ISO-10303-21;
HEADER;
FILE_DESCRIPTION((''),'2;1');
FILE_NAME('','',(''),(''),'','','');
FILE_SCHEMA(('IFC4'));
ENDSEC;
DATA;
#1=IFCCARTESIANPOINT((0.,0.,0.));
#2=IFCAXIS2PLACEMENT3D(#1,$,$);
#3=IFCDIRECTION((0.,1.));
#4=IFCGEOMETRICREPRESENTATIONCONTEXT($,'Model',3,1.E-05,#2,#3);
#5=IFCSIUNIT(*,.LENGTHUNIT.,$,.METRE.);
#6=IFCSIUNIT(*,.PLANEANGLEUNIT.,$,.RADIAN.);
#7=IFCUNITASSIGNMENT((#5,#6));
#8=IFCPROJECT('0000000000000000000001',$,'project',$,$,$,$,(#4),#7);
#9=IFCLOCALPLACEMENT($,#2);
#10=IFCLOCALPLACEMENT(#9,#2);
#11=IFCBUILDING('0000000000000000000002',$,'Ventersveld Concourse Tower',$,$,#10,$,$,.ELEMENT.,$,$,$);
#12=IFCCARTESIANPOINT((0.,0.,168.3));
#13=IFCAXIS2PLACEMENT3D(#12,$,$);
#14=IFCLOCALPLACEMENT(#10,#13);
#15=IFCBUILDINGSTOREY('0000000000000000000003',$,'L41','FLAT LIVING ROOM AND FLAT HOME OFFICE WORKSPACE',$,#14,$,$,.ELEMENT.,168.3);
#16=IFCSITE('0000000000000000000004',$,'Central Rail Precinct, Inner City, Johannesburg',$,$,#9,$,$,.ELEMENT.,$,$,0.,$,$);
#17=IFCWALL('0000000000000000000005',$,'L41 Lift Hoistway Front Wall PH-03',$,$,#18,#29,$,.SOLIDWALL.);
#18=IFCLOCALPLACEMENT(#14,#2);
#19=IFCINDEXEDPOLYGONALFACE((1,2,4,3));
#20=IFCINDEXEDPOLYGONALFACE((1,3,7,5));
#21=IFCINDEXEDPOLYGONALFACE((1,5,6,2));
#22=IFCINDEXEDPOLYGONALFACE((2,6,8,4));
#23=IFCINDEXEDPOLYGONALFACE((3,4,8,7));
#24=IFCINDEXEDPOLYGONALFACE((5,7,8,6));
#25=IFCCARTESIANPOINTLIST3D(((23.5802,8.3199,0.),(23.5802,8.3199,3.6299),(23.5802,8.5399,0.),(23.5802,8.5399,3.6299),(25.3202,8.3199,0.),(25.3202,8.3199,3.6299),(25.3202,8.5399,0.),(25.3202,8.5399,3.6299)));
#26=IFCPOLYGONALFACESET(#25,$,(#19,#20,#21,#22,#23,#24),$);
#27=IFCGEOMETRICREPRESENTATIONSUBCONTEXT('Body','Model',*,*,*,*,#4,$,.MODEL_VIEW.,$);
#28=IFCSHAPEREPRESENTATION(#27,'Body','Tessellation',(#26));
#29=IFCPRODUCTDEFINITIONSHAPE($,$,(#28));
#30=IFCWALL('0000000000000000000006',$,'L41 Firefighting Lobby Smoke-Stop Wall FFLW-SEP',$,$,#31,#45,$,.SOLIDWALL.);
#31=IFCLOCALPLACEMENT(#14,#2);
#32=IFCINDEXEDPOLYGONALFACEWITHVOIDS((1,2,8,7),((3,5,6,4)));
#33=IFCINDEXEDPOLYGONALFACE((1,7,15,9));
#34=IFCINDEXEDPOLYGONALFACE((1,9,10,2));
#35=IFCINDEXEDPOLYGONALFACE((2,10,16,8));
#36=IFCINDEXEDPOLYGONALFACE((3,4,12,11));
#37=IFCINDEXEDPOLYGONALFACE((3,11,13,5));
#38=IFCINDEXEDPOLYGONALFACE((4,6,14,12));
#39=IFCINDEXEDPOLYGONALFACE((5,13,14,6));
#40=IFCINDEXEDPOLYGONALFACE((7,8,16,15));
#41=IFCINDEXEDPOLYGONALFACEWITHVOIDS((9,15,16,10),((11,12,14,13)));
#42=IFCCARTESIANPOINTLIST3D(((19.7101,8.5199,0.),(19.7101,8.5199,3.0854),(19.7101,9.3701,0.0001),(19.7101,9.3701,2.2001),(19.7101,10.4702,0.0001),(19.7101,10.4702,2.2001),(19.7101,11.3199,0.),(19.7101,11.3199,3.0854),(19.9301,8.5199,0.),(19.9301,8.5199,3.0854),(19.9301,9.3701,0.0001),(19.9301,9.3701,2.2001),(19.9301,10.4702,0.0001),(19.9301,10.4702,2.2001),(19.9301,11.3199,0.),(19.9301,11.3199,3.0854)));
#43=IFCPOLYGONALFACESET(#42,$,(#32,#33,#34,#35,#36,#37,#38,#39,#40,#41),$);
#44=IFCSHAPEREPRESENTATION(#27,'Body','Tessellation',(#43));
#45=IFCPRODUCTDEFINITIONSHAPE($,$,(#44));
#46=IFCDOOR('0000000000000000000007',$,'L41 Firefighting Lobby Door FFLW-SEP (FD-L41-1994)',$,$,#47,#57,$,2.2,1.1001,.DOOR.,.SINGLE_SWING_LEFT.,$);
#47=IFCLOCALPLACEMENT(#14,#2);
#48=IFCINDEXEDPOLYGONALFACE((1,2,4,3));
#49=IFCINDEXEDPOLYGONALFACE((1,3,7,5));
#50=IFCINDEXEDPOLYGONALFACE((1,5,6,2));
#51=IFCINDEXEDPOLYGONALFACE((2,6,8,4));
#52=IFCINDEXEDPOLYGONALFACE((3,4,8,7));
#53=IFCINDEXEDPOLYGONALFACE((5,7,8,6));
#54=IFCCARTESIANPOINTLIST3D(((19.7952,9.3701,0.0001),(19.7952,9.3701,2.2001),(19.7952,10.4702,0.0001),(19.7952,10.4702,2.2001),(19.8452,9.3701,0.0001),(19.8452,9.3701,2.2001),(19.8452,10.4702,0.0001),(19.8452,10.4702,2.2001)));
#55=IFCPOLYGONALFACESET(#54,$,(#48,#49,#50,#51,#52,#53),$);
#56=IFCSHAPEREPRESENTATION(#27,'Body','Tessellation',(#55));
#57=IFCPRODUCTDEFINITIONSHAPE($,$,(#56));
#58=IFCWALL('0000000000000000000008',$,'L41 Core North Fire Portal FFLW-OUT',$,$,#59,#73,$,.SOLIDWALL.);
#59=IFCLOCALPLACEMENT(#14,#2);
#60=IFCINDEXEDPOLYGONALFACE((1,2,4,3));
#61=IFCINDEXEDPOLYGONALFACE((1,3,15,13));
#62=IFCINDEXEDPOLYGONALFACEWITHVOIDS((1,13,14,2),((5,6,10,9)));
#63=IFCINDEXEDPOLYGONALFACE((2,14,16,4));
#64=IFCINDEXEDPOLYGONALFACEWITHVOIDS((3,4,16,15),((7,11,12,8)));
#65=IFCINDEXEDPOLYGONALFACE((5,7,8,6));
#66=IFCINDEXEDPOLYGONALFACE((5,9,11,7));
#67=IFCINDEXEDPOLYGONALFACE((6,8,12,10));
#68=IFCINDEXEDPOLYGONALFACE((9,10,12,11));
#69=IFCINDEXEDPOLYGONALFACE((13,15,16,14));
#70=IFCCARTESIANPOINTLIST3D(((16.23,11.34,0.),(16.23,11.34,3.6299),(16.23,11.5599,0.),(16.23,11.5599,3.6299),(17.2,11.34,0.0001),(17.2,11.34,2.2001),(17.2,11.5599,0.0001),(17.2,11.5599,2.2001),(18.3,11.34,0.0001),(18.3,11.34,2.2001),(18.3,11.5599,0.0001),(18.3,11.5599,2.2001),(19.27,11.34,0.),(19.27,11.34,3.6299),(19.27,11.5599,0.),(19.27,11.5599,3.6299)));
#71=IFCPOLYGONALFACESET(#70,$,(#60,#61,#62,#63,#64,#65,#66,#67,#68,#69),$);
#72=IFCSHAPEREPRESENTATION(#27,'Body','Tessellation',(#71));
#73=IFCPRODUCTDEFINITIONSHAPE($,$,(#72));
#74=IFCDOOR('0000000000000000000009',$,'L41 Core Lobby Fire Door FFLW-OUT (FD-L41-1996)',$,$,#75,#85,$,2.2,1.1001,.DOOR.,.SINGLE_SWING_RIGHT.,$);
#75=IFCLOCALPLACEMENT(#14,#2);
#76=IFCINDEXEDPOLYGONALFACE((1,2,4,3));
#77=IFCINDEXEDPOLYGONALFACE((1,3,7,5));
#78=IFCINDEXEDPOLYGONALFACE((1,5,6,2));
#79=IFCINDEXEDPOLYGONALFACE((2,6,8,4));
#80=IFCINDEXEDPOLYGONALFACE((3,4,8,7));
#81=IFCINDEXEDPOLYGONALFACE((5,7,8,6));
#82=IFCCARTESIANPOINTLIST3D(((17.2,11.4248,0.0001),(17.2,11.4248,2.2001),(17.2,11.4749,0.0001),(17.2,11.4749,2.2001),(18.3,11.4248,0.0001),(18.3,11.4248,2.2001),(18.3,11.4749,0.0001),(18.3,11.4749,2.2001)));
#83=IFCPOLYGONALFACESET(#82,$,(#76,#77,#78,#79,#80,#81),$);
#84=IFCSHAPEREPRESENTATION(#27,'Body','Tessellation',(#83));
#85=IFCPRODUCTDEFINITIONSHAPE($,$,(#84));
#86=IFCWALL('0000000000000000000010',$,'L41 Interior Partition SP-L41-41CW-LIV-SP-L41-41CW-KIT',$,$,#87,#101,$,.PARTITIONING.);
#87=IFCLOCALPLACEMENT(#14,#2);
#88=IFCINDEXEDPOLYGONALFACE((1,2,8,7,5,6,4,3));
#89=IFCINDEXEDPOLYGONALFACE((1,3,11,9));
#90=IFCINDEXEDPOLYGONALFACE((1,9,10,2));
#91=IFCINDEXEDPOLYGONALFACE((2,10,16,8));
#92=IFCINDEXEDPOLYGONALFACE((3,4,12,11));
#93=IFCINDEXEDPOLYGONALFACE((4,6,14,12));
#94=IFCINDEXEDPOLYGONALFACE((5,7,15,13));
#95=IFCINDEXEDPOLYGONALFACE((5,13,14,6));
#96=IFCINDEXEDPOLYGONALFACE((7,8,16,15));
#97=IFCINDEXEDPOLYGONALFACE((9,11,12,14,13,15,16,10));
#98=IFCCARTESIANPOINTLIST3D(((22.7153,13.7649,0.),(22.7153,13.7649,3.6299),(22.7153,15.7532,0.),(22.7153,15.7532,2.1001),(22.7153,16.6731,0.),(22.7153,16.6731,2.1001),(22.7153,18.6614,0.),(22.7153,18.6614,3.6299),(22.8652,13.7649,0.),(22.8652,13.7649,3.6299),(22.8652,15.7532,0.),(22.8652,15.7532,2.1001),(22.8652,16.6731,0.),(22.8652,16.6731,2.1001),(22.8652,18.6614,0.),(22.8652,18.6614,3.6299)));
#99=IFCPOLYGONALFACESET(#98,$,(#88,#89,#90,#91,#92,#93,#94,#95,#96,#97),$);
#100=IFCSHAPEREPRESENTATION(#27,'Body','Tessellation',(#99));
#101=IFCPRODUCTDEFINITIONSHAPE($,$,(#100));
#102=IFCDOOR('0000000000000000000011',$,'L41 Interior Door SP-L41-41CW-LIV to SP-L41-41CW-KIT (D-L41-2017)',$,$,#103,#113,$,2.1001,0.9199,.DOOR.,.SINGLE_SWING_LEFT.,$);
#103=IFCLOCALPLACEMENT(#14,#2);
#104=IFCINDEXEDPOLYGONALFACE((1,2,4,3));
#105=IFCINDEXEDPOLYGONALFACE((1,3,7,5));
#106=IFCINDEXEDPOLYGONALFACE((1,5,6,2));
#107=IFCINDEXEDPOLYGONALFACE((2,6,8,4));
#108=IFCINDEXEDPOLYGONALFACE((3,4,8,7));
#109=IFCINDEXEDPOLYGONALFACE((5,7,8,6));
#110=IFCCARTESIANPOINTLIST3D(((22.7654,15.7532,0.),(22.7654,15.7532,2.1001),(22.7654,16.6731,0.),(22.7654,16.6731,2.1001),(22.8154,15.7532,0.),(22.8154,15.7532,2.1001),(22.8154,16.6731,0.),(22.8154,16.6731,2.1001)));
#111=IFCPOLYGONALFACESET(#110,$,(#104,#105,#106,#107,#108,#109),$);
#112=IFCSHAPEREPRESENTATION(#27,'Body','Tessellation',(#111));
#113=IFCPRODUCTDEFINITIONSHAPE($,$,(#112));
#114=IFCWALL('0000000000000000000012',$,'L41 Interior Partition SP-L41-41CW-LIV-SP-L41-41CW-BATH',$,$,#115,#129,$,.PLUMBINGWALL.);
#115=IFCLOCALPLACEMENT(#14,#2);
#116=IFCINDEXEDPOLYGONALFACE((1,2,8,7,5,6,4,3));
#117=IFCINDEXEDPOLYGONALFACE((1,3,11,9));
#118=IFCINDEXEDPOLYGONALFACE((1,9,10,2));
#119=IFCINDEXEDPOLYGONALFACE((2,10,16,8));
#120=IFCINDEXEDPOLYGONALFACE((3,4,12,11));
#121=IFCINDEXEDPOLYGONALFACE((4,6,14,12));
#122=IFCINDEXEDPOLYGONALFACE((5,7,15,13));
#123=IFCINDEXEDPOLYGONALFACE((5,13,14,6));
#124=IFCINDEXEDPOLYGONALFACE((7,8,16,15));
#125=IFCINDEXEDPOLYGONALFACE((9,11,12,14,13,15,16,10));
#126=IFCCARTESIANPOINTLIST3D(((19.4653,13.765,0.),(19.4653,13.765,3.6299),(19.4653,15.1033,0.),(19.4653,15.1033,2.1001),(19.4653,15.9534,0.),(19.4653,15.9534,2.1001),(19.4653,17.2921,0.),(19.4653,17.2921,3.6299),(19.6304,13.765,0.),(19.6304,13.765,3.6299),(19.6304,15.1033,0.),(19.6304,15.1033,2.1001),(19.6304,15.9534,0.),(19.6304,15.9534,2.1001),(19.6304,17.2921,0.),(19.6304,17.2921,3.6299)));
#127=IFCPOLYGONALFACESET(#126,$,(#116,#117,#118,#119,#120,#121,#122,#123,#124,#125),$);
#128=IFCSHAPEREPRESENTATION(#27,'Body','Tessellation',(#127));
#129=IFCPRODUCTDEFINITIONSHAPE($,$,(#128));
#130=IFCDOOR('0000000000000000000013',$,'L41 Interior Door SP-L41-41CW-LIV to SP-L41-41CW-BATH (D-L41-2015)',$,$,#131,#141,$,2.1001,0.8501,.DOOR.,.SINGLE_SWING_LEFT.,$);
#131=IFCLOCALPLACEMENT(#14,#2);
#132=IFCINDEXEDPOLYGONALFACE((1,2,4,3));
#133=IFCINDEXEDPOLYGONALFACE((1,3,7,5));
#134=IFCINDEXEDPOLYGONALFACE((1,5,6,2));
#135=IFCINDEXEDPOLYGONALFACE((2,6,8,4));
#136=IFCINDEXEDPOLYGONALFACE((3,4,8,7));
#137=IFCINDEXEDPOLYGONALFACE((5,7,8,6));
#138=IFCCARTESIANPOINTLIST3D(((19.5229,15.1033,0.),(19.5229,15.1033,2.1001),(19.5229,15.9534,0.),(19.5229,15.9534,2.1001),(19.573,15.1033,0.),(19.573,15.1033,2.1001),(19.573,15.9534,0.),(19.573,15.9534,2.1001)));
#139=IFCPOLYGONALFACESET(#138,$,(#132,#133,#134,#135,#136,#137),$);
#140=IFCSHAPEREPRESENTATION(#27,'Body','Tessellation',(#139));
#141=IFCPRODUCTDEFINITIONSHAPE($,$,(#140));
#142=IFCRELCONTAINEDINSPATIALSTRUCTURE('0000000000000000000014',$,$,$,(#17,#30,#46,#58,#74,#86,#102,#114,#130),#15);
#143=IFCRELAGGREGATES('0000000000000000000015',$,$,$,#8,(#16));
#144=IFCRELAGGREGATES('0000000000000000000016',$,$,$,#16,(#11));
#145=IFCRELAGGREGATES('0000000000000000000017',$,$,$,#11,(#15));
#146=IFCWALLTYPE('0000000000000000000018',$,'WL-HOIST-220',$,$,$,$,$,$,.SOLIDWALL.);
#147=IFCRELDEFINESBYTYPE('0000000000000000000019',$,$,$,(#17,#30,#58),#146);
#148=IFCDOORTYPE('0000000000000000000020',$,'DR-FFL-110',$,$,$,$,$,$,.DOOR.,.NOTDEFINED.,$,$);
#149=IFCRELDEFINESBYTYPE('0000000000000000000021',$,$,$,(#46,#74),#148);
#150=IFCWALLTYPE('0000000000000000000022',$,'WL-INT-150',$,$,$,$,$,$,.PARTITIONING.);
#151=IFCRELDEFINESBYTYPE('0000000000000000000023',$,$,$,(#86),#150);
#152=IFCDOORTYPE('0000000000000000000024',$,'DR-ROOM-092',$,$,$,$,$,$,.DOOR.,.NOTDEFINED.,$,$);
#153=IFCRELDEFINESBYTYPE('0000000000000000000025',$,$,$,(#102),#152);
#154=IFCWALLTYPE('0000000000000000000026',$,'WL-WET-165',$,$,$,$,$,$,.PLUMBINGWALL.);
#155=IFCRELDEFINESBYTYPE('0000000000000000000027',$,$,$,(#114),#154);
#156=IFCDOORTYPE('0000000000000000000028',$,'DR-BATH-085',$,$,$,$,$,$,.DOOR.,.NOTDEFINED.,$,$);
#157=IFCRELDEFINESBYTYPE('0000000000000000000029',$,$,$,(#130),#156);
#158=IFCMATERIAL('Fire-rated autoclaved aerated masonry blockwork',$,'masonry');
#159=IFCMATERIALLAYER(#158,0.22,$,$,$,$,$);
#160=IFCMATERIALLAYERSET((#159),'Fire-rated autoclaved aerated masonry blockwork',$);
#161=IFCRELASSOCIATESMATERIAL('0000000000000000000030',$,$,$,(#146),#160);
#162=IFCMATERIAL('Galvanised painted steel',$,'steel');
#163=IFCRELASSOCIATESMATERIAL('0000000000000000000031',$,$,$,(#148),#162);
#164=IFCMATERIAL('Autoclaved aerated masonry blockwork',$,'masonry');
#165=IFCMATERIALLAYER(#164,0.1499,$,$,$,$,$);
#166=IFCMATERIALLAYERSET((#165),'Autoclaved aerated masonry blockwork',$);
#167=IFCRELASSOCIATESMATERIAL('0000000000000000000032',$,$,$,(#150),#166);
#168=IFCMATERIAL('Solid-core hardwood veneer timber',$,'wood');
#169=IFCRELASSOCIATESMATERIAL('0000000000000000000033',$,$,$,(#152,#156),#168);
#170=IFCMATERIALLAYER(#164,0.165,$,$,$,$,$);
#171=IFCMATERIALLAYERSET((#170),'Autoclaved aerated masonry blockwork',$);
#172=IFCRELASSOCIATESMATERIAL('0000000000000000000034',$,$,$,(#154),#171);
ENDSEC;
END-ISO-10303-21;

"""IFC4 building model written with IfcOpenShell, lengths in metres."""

from ifc_helpers import new_model, si_unit, direction, frame, frame_2d, origin, place, context, subcontext, project, spatial, rectangle, extrude, material, layer, layer_set, type_object, element, fill, save


model = new_model("IFC4")

# Units and contexts
model_context = context("Model", 3, precision=1e-05, world=origin(), true_north=direction((0.0, 1.0)))
body_context = subcontext(model_context, "Body", "Model", "MODEL_VIEW")
ifc_project = project(units=[si_unit("LENGTHUNIT", "METRE"), si_unit("PLANEANGLEUNIT", "RADIAN")], contexts=[model_context])

# Site, building, storey
site_placement = place(None, origin())
site = spatial("IfcSite", under=ifc_project, at=site_placement, Name="Central Rail Precinct, Inner City, Johannesburg", CompositionType="ELEMENT", RefElevation=0.0)
building_placement = place(site_placement, origin())
building = spatial("IfcBuilding", under=site, at=building_placement, Name="Ventersveld Concourse Tower", CompositionType="ELEMENT")
storey_placement = place(building_placement, frame((0.0, 0.0, 168.3)))
storey = spatial("IfcBuildingStorey", under=building, at=storey_placement, Name="L41", Description="FLAT LIVING ROOM AND FLAT HOME OFFICE WORKSPACE", CompositionType="ELEMENT", Elevation=168.3)

# Shared definitions
ifc_material_1 = material(Name="Fire-rated autoclaved aerated masonry blockwork", Category="masonry")

# Shared definitions
ifc_layer_1 = layer(ifc_material_1, 0.22)
ifc_layer_set_1 = layer_set([ifc_layer_1], Name="Fire-rated autoclaved aerated masonry blockwork")
wall_type_1 = type_object("IfcWallType", Name="WL-HOIST-220", PredefinedType="SOLIDWALL", material=ifc_layer_set_1)

# Wall
wall_1_placement = place(storey_placement, frame((23.5801, 8.4299, 0.0), z_axis=(0.0, 0.0, 1.0), x_axis=(1.0, 0.0, 0.0)))
element("IfcWall", 1, at=wall_1_placement, inside=storey, type_object=wall_type_1, Name="L41 Lift Hoistway Front Wall PH-03", PredefinedType="SOLIDWALL", context=body_context, shape_type="SweptSolid", body=[
    extrude(rectangle(XDim=1.74, YDim=0.22, at=frame_2d((0.8701, 0.0))), origin(), (0.0, 0.0, 1.0), 3.6299),
])

# Walls, openings, doors
wall_2_placement = place(storey_placement, frame((19.8201, 8.52, 0.0), z_axis=(0.0, 0.0, 1.0), x_axis=(0.0, 1.0, 0.0)))
wall_2 = element("IfcWall", 2, at=wall_2_placement, inside=storey, type_object=wall_type_1, Name="L41 Firefighting Lobby Smoke-Stop Wall FFLW-SEP", PredefinedType="SOLIDWALL", context=body_context, shape_type="SweptSolid", body=[
    extrude(rectangle(XDim=2.8, YDim=0.22, at=frame_2d((1.3999, 0.0))), origin(), (0.0, 0.0, 1.0), 3.0854),
])
opening_1_placement = place(wall_2_placement, frame((0.8501, 0.0, 0.0)))
opening_1 = element("IfcOpeningElement", 3, at=opening_1_placement, cuts=wall_2, PredefinedType="OPENING", context=body_context, shape_type="SweptSolid", body=[
    extrude(rectangle(XDim=1.1001, YDim=2.2, at=frame_2d((0.55, 1.1001))), frame((0.0, 0.1201, 0.0), z_axis=(0.0, -1.0, 0.0), x_axis=(1.0, 0.0, 0.0)), (0.0, 0.0, 1.0), 0.24),
])
ifc_material_2 = material(Name="Galvanised painted steel", Category="steel")
door_type_1 = type_object("IfcDoorType", Name="DR-FFL-110", OperationType="NOTDEFINED", PredefinedType="DOOR", material=ifc_material_2)
door_1_placement = place(opening_1_placement, origin())
door_1 = element("IfcDoor", 4, at=door_1_placement, inside=storey, type_object=door_type_1, Name="L41 Firefighting Lobby Door FFLW-SEP (FD-L41-1994)", OperationType="SINGLE_SWING_LEFT", OverallHeight=2.2, OverallWidth=1.1001, PredefinedType="DOOR", context=body_context, shape_type="SweptSolid", body=[
    extrude(rectangle(XDim=1.1001, YDim=2.2, at=frame_2d((0.55, 1.1001))), frame((0.0, 0.0249, 0.0), z_axis=(0.0, -1.0, 0.0), x_axis=(1.0, 0.0, 0.0)), (0.0, 0.0, 1.0), 0.05),
])
fill(opening_1, door_1)
wall_3_placement = place(storey_placement, frame((16.23, 11.45, 0.0), z_axis=(0.0, 0.0, 1.0), x_axis=(1.0, 0.0, 0.0)))
wall_3 = element("IfcWall", 5, at=wall_3_placement, inside=storey, type_object=wall_type_1, Name="L41 Core North Fire Portal FFLW-OUT", PredefinedType="SOLIDWALL", context=body_context, shape_type="SweptSolid", body=[
    extrude(rectangle(XDim=3.04, YDim=0.22, at=frame_2d((1.52, 0.0))), origin(), (0.0, 0.0, 1.0), 3.6299),
])
opening_2_placement = place(wall_3_placement, frame((0.97, 0.0, 0.0)))
opening_2 = element("IfcOpeningElement", 6, at=opening_2_placement, cuts=wall_3, PredefinedType="OPENING", context=body_context, shape_type="SweptSolid", body=[
    extrude(rectangle(XDim=1.1001, YDim=2.2, at=frame_2d((0.55, 1.1001))), frame((0.0, 0.1201, 0.0), z_axis=(0.0, -1.0, 0.0), x_axis=(1.0, 0.0, 0.0)), (0.0, 0.0, 1.0), 0.24),
])
door_2_placement = place(opening_2_placement, origin())
door_2 = element("IfcDoor", 7, at=door_2_placement, inside=storey, type_object=door_type_1, Name="L41 Core Lobby Fire Door FFLW-OUT (FD-L41-1996)", OperationType="SINGLE_SWING_RIGHT", OverallHeight=2.2, OverallWidth=1.1001, PredefinedType="DOOR", context=body_context, shape_type="SweptSolid", body=[
    extrude(rectangle(XDim=1.1001, YDim=2.2, at=frame_2d((0.55, 1.1001))), frame((0.0, 0.0249, 0.0), z_axis=(0.0, -1.0, 0.0), x_axis=(1.0, 0.0, 0.0)), (0.0, 0.0, 1.0), 0.05),
])
fill(opening_2, door_2)
ifc_material_3 = material(Name="Autoclaved aerated masonry blockwork", Category="masonry")
ifc_layer_2 = layer(ifc_material_3, 0.1499)
ifc_layer_set_2 = layer_set([ifc_layer_2], Name="Autoclaved aerated masonry blockwork")
wall_type_2 = type_object("IfcWallType", Name="WL-INT-150", PredefinedType="PARTITIONING", material=ifc_layer_set_2)
wall_4_placement = place(storey_placement, frame((22.7903, 13.7649, 0.0), z_axis=(0.0, 0.0, 1.0), x_axis=(0.0, 1.0, 0.0)))
wall_4 = element("IfcWall", 8, at=wall_4_placement, inside=storey, type_object=wall_type_2, Name="L41 Interior Partition SP-L41-41CW-LIV-SP-L41-41CW-KIT", PredefinedType="PARTITIONING", context=body_context, shape_type="SweptSolid", body=[
    extrude(rectangle(XDim=4.8965, YDim=0.1499, at=frame_2d((2.4482, 0.0))), origin(), (0.0, 0.0, 1.0), 3.6299),
])
opening_3_placement = place(wall_4_placement, frame((1.9883, 0.0, 0.0)))
opening_3 = element("IfcOpeningElement", 9, at=opening_3_placement, cuts=wall_4, PredefinedType="OPENING", context=body_context, shape_type="SweptSolid", body=[
    extrude(rectangle(XDim=0.9199, YDim=2.1001, at=frame_2d((0.46, 1.05))), frame((0.0, 0.085, 0.0), z_axis=(0.0, -1.0, 0.0), x_axis=(1.0, 0.0, 0.0)), (0.0, 0.0, 1.0), 0.1699),
])
ifc_material_4 = material(Name="Solid-core hardwood veneer timber", Category="wood")
door_type_2 = type_object("IfcDoorType", Name="DR-ROOM-092", OperationType="NOTDEFINED", PredefinedType="DOOR", material=ifc_material_4)
door_3_placement = place(opening_3_placement, origin())
door_3 = element("IfcDoor", 10, at=door_3_placement, inside=storey, type_object=door_type_2, Name="L41 Interior Door SP-L41-41CW-LIV to SP-L41-41CW-KIT (D-L41-2017)", OperationType="SINGLE_SWING_LEFT", OverallHeight=2.1001, OverallWidth=0.9199, PredefinedType="DOOR", context=body_context, shape_type="SweptSolid", body=[
    extrude(rectangle(XDim=0.9199, YDim=2.1001, at=frame_2d((0.46, 1.05))), frame((0.0, 0.0249, 0.0), z_axis=(0.0, -1.0, 0.0), x_axis=(1.0, 0.0, 0.0)), (0.0, 0.0, 1.0), 0.05),
])
fill(opening_3, door_3)
ifc_layer_3 = layer(ifc_material_3, 0.165)
ifc_layer_set_3 = layer_set([ifc_layer_3], Name="Autoclaved aerated masonry blockwork")
wall_type_3 = type_object("IfcWallType", Name="WL-WET-165", PredefinedType="PLUMBINGWALL", material=ifc_layer_set_3)
wall_5_placement = place(storey_placement, frame((19.5479, 13.7649, 0.0), z_axis=(0.0, 0.0, 1.0), x_axis=(0.0, 1.0, 0.0)))
wall_5 = element("IfcWall", 11, at=wall_5_placement, inside=storey, type_object=wall_type_3, Name="L41 Interior Partition SP-L41-41CW-LIV-SP-L41-41CW-BATH", PredefinedType="PLUMBINGWALL", context=body_context, shape_type="SweptSolid", body=[
    extrude(rectangle(XDim=3.5271, YDim=0.165, at=frame_2d((1.7637, 0.0))), origin(), (0.0, 0.0, 1.0), 3.6299),
])
opening_4_placement = place(wall_5_placement, frame((1.3384, 0.0, 0.0)))
opening_4 = element("IfcOpeningElement", 12, at=opening_4_placement, cuts=wall_5, PredefinedType="OPENING", context=body_context, shape_type="SweptSolid", body=[
    extrude(rectangle(XDim=0.8501, YDim=2.1001, at=frame_2d((0.425, 1.05))), frame((0.0, 0.0925, 0.0), z_axis=(0.0, -1.0, 0.0), x_axis=(1.0, 0.0, 0.0)), (0.0, 0.0, 1.0), 0.1851),
])
door_type_3 = type_object("IfcDoorType", Name="DR-BATH-085", OperationType="NOTDEFINED", PredefinedType="DOOR", material=ifc_material_4)
door_4_placement = place(opening_4_placement, origin())
door_4 = element("IfcDoor", 13, at=door_4_placement, inside=storey, type_object=door_type_3, Name="L41 Interior Door SP-L41-41CW-LIV to SP-L41-41CW-BATH (D-L41-2015)", OperationType="SINGLE_SWING_LEFT", OverallHeight=2.1001, OverallWidth=0.8501, PredefinedType="DOOR", context=body_context, shape_type="SweptSolid", body=[
    extrude(rectangle(XDim=0.8501, YDim=2.1001, at=frame_2d((0.425, 1.05))), frame((0.0, 0.0249, 0.0), z_axis=(0.0, -1.0, 0.0), x_axis=(1.0, 0.0, 0.0)), (0.0, 0.0, 1.0), 0.05),
])
fill(opening_4, door_4)

save(model, "model.ifc")
